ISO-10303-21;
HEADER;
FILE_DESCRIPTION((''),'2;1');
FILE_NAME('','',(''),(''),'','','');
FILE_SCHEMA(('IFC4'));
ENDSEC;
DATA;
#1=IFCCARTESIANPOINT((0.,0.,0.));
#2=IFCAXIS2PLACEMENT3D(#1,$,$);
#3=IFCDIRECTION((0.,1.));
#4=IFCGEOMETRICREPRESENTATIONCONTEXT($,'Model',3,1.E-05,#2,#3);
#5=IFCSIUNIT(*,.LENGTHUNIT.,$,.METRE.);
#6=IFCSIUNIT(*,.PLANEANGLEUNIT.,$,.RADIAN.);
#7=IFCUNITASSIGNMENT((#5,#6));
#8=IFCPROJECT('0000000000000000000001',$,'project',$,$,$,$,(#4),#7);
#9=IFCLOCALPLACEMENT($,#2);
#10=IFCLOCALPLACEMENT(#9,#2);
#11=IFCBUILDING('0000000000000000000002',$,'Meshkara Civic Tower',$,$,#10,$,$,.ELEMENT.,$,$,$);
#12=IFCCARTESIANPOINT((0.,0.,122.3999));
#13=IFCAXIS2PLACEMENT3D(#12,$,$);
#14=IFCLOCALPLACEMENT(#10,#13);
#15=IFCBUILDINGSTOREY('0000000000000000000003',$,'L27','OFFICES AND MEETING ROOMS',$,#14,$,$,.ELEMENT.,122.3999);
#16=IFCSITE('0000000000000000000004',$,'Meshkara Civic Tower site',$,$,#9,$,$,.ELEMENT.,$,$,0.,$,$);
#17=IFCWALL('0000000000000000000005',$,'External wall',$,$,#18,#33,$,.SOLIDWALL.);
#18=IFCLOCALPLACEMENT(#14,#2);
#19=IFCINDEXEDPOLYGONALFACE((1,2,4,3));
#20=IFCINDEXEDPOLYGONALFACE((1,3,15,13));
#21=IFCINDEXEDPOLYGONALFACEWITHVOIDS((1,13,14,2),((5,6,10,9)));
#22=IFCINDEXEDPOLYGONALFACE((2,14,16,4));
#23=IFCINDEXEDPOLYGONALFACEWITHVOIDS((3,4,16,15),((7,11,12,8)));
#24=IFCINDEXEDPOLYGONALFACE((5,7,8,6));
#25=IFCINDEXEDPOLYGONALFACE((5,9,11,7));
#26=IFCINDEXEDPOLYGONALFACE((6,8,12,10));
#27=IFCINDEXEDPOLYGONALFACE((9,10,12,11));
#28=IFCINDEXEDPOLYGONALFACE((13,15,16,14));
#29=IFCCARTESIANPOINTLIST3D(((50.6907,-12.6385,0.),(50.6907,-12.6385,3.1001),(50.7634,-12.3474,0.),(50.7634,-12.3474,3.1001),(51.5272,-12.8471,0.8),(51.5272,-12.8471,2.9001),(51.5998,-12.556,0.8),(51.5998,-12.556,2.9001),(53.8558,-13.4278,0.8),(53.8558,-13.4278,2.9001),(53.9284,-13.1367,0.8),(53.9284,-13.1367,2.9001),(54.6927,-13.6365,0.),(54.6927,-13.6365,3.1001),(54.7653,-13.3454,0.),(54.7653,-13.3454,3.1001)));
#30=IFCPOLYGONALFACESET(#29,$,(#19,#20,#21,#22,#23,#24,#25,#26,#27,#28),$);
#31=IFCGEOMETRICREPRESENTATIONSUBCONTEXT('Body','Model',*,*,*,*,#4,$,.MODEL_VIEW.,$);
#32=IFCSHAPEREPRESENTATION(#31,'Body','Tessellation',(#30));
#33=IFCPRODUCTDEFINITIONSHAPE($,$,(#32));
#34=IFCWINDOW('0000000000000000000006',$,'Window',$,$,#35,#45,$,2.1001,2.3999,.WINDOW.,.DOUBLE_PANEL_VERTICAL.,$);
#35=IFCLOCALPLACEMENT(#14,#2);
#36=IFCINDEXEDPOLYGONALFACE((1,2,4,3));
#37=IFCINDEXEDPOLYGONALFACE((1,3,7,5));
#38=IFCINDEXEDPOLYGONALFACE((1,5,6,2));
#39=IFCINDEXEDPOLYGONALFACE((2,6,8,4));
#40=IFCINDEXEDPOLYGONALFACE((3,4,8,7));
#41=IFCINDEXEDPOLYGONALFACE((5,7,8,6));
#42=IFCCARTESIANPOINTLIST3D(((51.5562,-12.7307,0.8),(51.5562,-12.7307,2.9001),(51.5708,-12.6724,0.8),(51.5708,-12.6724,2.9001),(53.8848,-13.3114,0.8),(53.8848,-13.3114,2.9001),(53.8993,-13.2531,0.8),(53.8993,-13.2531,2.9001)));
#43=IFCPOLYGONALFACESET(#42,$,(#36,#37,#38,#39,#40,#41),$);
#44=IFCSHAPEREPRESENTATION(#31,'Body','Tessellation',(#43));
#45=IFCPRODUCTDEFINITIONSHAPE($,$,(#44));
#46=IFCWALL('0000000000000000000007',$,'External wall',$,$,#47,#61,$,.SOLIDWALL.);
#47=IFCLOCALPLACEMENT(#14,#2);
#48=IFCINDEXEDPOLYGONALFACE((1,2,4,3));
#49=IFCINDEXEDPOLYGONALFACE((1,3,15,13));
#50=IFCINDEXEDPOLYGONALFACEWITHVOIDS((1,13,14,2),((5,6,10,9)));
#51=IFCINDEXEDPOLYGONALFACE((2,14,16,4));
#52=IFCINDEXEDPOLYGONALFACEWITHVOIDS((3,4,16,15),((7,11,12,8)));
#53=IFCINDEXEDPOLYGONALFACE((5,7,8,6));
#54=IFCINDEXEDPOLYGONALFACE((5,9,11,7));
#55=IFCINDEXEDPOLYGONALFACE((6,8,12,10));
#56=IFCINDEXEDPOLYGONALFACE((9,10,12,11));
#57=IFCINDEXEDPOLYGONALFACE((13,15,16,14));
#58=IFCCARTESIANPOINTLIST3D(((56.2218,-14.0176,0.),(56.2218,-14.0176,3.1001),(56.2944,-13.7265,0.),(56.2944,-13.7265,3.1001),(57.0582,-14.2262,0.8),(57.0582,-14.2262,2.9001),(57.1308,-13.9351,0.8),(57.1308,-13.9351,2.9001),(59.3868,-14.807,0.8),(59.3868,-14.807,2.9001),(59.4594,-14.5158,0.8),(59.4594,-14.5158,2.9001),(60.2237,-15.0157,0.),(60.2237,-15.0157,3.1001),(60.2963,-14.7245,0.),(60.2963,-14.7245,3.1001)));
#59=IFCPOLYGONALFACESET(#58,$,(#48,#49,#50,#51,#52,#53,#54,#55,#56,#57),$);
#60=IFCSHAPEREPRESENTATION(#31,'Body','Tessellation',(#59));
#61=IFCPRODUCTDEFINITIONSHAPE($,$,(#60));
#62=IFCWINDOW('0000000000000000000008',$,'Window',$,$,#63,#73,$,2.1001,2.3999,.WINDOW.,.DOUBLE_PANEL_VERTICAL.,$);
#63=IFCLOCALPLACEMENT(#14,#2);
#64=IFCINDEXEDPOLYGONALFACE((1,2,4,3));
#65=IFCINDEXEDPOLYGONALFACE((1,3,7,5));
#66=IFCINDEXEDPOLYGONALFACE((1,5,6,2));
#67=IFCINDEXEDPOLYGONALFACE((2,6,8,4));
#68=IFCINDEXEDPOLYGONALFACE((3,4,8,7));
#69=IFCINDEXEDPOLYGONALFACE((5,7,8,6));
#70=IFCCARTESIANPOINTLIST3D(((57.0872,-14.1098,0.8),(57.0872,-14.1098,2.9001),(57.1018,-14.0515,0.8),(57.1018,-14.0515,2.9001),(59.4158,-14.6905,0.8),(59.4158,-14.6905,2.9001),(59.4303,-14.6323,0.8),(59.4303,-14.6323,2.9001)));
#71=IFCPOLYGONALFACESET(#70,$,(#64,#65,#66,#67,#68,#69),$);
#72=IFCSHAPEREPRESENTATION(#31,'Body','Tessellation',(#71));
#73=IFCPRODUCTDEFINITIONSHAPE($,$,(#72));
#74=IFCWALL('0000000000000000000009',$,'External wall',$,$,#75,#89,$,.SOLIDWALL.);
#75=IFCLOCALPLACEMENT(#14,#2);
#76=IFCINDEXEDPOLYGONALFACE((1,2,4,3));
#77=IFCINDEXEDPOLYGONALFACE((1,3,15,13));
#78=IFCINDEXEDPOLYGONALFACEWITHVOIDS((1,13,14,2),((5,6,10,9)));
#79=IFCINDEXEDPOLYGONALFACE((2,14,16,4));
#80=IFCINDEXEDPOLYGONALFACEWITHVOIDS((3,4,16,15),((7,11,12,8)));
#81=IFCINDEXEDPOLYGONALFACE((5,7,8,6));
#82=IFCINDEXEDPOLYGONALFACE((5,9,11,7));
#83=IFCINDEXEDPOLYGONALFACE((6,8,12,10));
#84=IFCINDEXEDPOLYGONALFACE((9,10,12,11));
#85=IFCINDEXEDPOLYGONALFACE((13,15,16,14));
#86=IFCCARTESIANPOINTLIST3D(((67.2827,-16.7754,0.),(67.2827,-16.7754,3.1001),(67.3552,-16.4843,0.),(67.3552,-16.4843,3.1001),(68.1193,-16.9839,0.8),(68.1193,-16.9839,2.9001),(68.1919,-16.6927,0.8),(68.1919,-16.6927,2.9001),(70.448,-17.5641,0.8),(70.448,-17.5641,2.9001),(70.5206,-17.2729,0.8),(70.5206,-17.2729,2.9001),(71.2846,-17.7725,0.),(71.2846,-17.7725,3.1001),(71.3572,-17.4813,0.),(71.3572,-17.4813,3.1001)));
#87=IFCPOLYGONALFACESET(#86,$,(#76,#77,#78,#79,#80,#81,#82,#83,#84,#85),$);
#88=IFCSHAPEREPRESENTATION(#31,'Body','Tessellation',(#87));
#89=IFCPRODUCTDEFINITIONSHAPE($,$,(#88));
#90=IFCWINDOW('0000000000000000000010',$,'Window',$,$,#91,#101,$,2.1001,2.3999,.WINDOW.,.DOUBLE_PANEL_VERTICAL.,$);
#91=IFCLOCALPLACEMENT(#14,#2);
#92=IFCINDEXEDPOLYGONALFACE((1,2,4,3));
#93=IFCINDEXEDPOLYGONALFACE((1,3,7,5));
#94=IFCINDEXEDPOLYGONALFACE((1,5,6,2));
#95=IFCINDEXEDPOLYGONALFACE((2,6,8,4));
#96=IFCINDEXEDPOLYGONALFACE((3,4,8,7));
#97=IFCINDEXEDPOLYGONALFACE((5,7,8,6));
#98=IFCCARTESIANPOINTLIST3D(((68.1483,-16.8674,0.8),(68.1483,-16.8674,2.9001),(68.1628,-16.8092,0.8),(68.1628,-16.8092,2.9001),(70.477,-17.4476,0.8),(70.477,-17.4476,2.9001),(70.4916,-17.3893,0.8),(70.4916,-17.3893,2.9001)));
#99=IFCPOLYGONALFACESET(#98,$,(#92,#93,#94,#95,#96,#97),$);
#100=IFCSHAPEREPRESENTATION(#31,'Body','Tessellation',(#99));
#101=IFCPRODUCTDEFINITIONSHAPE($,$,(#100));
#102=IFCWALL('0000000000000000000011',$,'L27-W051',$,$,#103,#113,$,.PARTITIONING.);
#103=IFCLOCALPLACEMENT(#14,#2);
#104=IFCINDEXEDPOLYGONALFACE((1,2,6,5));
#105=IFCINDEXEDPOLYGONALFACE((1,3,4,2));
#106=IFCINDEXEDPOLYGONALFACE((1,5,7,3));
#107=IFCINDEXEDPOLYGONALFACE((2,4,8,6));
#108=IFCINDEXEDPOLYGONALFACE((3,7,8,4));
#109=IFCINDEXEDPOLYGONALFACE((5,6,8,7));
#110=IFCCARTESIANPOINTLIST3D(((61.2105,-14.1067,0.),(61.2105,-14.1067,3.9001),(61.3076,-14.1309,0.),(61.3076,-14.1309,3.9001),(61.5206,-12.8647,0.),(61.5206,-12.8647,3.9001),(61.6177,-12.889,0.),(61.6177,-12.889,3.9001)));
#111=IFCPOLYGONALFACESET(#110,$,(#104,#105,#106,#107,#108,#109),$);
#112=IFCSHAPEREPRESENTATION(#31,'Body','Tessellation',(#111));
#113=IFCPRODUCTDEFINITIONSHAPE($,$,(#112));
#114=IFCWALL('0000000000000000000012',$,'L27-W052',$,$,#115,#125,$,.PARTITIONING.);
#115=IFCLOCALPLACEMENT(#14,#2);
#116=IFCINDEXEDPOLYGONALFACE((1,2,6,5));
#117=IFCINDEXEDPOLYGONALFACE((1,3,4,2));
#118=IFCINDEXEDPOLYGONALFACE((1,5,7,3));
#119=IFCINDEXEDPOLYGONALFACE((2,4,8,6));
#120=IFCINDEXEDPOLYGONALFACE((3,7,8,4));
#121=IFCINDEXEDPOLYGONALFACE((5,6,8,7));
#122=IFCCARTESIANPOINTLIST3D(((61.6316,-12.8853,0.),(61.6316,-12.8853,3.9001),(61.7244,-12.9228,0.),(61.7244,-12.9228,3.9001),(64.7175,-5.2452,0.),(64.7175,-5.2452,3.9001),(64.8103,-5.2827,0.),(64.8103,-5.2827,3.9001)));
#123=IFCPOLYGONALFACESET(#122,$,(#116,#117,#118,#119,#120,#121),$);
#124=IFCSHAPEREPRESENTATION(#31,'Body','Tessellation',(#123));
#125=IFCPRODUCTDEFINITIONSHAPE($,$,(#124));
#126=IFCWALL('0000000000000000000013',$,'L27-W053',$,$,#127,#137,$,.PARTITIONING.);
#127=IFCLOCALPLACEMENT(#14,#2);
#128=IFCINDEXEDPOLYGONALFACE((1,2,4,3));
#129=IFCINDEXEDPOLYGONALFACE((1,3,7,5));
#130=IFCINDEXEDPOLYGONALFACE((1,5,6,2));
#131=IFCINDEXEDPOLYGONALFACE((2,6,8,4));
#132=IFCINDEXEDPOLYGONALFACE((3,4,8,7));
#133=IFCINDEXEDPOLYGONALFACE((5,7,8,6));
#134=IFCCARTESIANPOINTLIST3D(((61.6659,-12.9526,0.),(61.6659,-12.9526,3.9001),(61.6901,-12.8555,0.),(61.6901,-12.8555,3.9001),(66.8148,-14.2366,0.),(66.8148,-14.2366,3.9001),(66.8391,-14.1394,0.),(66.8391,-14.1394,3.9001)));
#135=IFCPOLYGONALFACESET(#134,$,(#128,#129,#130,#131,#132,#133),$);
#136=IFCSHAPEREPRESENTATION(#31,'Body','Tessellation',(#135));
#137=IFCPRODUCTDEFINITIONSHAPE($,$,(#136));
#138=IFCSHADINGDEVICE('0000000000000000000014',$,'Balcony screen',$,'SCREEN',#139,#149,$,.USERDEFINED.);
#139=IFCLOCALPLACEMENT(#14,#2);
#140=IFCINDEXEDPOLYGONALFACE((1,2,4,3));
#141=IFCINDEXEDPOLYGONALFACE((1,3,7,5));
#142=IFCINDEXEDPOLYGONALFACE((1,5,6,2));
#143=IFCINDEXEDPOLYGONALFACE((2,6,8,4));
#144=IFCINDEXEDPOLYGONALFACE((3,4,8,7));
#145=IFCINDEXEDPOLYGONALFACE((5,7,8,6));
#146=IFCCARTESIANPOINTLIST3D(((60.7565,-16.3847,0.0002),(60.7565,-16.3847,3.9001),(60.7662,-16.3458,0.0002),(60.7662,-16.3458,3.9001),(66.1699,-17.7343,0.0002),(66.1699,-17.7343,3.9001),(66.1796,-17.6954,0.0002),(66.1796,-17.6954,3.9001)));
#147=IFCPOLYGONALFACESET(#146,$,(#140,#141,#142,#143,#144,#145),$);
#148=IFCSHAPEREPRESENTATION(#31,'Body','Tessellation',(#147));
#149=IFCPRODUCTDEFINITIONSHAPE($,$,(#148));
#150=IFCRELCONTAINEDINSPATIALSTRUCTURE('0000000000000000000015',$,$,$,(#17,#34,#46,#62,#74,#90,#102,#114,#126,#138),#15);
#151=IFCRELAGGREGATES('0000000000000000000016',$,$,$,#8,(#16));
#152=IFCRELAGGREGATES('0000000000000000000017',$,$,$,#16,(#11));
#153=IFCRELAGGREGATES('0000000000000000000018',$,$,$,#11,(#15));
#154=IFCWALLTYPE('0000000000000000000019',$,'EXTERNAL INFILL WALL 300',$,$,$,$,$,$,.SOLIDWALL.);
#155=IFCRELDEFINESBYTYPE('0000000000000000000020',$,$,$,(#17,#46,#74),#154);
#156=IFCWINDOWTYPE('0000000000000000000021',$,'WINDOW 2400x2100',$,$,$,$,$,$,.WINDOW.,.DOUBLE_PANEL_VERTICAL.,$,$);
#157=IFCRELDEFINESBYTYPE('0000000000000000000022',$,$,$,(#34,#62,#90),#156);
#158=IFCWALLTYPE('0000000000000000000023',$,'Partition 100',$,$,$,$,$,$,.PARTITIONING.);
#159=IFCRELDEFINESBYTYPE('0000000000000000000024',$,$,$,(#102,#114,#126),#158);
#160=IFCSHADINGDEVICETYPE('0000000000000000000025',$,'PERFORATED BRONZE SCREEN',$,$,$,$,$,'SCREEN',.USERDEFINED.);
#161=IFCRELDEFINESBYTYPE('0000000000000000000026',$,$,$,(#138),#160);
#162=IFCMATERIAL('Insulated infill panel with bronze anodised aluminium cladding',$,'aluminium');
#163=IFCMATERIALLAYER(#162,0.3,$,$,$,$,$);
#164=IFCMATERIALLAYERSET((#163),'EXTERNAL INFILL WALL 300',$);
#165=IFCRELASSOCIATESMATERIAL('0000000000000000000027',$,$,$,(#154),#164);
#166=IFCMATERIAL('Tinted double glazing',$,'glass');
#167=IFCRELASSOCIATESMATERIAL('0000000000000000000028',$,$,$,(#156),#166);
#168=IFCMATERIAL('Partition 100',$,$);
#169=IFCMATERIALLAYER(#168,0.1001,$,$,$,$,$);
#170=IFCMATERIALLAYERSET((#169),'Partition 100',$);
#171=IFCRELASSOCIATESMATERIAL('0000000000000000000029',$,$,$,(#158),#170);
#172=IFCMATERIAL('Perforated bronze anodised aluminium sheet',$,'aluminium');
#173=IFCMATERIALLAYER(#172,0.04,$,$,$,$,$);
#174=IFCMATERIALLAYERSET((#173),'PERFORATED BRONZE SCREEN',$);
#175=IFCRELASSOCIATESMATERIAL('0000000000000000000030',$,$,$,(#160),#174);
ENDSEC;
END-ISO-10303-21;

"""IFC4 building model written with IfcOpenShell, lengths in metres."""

from ifc_helpers import new_model, si_unit, direction, frame, frame_2d, origin, origin_2d, place, context, subcontext, project, spatial, rectangle, extrude, material, layer, layer_set, type_object, element, fill, save


model = new_model("IFC4")

# Units and contexts
model_context = context("Model", 3, precision=1e-05, world=origin(), true_north=direction((0.0, 1.0)))
body_context = subcontext(model_context, "Body", "Model", "MODEL_VIEW")
ifc_project = project(units=[si_unit("LENGTHUNIT", "METRE"), si_unit("PLANEANGLEUNIT", "RADIAN")], contexts=[model_context])

# Site, building, storey
site_placement = place(None, origin())
site = spatial("IfcSite", under=ifc_project, at=site_placement, Name="Meshkara Civic Tower site", CompositionType="ELEMENT", RefElevation=0.0)
building_placement = place(site_placement, origin())
building = spatial("IfcBuilding", under=site, at=building_placement, Name="Meshkara Civic Tower", CompositionType="ELEMENT")
storey_placement = place(building_placement, frame((0.0, 0.0, 122.3999)))
storey = spatial("IfcBuildingStorey", under=building, at=storey_placement, Name="L27", Description="OFFICES AND MEETING ROOMS", CompositionType="ELEMENT", Elevation=122.3999)

# Walls, openings, windows
ifc_material_1 = material(Name="Insulated infill panel with bronze anodised aluminium cladding", Category="aluminium")
ifc_layer_1 = layer(ifc_material_1, 0.3)
ifc_layer_set_1 = layer_set([ifc_layer_1], Name="EXTERNAL INFILL WALL 300")
wall_type_1 = type_object("IfcWallType", Name="EXTERNAL INFILL WALL 300", PredefinedType="SOLIDWALL", material=ifc_layer_set_1)
wall_1_placement = place(storey_placement, frame((50.7271, -12.4929, 0.0), z_axis=(0.0, 0.0, 1.0), x_axis=(0.970282, -0.241978, 0.0)))
wall_1 = element("IfcWall", 1, at=wall_1_placement, inside=storey, type_object=wall_type_1, Name="External wall", PredefinedType="SOLIDWALL", context=body_context, shape_type="SweptSolid", body=[
    extrude(rectangle(XDim=4.1245, YDim=0.3, at=frame_2d((2.0623, 0.0))), origin(), (0.0, 0.0, 1.0), 3.1001),
])
opening_1_placement = place(wall_1_placement, frame((0.8621, 0.0, 0.8)))
opening_1 = element("IfcOpeningElement", 2, at=opening_1_placement, cuts=wall_1, PredefinedType="OPENING", context=body_context, shape_type="SweptSolid", body=[
    extrude(rectangle(XDim=2.3999, YDim=2.1001, at=frame_2d((1.2, 1.05))), frame((0.0, 0.1599, 0.0), z_axis=(0.0, -1.0, 0.0), x_axis=(1.0, 0.0, 0.0)), (0.0, 0.0, 1.0), 0.3201),
])
ifc_material_2 = material(Name="Tinted double glazing", Category="glass")
window_type = type_object("IfcWindowType", Name="WINDOW 2400x2100", PartitioningType="DOUBLE_PANEL_VERTICAL", PredefinedType="WINDOW", material=ifc_material_2)
window_1_placement = place(opening_1_placement, origin())
window_1 = element("IfcWindow", 3, at=window_1_placement, inside=storey, type_object=window_type, Name="Window", OverallHeight=2.1001, OverallWidth=2.3999, PartitioningType="DOUBLE_PANEL_VERTICAL", PredefinedType="WINDOW", context=body_context, shape_type="SweptSolid", body=[
    extrude(rectangle(XDim=2.3999, YDim=2.1001, at=frame_2d((1.2, 1.05))), frame((0.0, 0.03, 0.0), z_axis=(0.0, -1.0, 0.0), x_axis=(1.0, 0.0, 0.0)), (0.0, 0.0, 1.0), 0.0601),
])
fill(opening_1, window_1)
wall_2_placement = place(storey_placement, frame((56.2581, -13.8721, 0.0), z_axis=(0.0, 0.0, 1.0), x_axis=(0.970282, -0.241978, 0.0)))
wall_2 = element("IfcWall", 4, at=wall_2_placement, inside=storey, type_object=wall_type_1, Name="External wall", PredefinedType="SOLIDWALL", context=body_context, shape_type="SweptSolid", body=[
    extrude(rectangle(XDim=4.1245, YDim=0.3, at=frame_2d((2.0623, 0.0))), origin(), (0.0, 0.0, 1.0), 3.1001),
])
opening_2_placement = place(wall_2_placement, frame((0.8621, 0.0, 0.8)))
opening_2 = element("IfcOpeningElement", 5, at=opening_2_placement, cuts=wall_2, PredefinedType="OPENING", context=body_context, shape_type="SweptSolid", body=[
    extrude(rectangle(XDim=2.3999, YDim=2.1001, at=frame_2d((1.2, 1.05))), frame((0.0, 0.1599, 0.0), z_axis=(0.0, -1.0, 0.0), x_axis=(1.0, 0.0, 0.0)), (0.0, 0.0, 1.0), 0.3201),
])
window_2_placement = place(opening_2_placement, origin())
window_2 = element("IfcWindow", 6, at=window_2_placement, inside=storey, type_object=window_type, Name="Window", OverallHeight=2.1001, OverallWidth=2.3999, PartitioningType="DOUBLE_PANEL_VERTICAL", PredefinedType="WINDOW", context=body_context, shape_type="SweptSolid", body=[
    extrude(rectangle(XDim=2.3999, YDim=2.1001, at=frame_2d((1.2, 1.05))), frame((0.0, 0.03, 0.0), z_axis=(0.0, -1.0, 0.0), x_axis=(1.0, 0.0, 0.0)), (0.0, 0.0, 1.0), 0.0601),
])
fill(opening_2, window_2)
wall_3_placement = place(storey_placement, frame((67.3191, -16.6299, 0.0), z_axis=(0.0, 0.0, 1.0), x_axis=(0.970337, -0.241756, 0.0)))
wall_3 = element("IfcWall", 7, at=wall_3_placement, inside=storey, type_object=wall_type_1, Name="External wall", PredefinedType="SOLIDWALL", context=body_context, shape_type="SweptSolid", body=[
    extrude(rectangle(XDim=4.1243, YDim=0.3, at=frame_2d((2.062, 0.0))), origin(), (0.0, 0.0, 1.0), 3.1001),
])
opening_3_placement = place(wall_3_placement, frame((0.8621, 0.0, 0.8)))
opening_3 = element("IfcOpeningElement", 8, at=opening_3_placement, cuts=wall_3, PredefinedType="OPENING", context=body_context, shape_type="SweptSolid", body=[
    extrude(rectangle(XDim=2.3999, YDim=2.1001, at=frame_2d((1.2, 1.05))), frame((0.0, 0.1599, 0.0), z_axis=(0.0, -1.0, 0.0), x_axis=(1.0, 0.0, 0.0)), (0.0, 0.0, 1.0), 0.3201),
])
window_3_placement = place(opening_3_placement, origin())
window_3 = element("IfcWindow", 9, at=window_3_placement, inside=storey, type_object=window_type, Name="Window", OverallHeight=2.1001, OverallWidth=2.3999, PartitioningType="DOUBLE_PANEL_VERTICAL", PredefinedType="WINDOW", context=body_context, shape_type="SweptSolid", body=[
    extrude(rectangle(XDim=2.3999, YDim=2.1001, at=frame_2d((1.2, 1.05))), frame((0.0, 0.03, 0.0), z_axis=(0.0, -1.0, 0.0), x_axis=(1.0, 0.0, 0.0)), (0.0, 0.0, 1.0), 0.0601),
])
fill(opening_3, window_3)

# Walls
ifc_material_3 = material(Name="Partition 100")
ifc_layer_2 = layer(ifc_material_3, 0.1001)
ifc_layer_set_2 = layer_set([ifc_layer_2], Name="Partition 100")
wall_type_2 = type_object("IfcWallType", Name="Partition 100", PredefinedType="PARTITIONING", material=ifc_layer_set_2)
wall_4_placement = place(storey_placement, frame((61.259, -14.1189, 0.0), z_axis=(0.0, 0.0, 1.0), x_axis=(0.242221, 0.970221, 0.0)))
element("IfcWall", 10, at=wall_4_placement, inside=storey, type_object=wall_type_2, Name="L27-W051", PredefinedType="PARTITIONING", context=body_context, shape_type="SweptSolid", body=[
    extrude(rectangle(XDim=1.28, YDim=0.1001, at=frame_2d((0.6401, 0.0))), origin(), (0.0, 0.0, 1.0), 3.9001),
])
wall_5_placement = place(storey_placement, frame((61.678, -12.9041, 0.0), z_axis=(0.0, 0.0, 1.0), x_axis=(0.374515, 0.927221, 0.0)))
element("IfcWall", 11, at=wall_5_placement, inside=storey, type_object=wall_type_2, Name="L27-W052", PredefinedType="PARTITIONING", context=body_context, shape_type="SweptSolid", body=[
    extrude(rectangle(XDim=8.2397, YDim=0.1001, at=frame_2d((4.1199, 0.0))), origin(), (0.0, 0.0, 1.0), 3.9001),
])
wall_6_placement = place(storey_placement, frame((61.678, -12.9041, 0.0), z_axis=(0.0, 0.0, 1.0), x_axis=(0.970288, -0.241951, 0.0)))
element("IfcWall", 12, at=wall_6_placement, inside=storey, type_object=wall_type_2, Name="L27-W053", PredefinedType="PARTITIONING", context=body_context, shape_type="SweptSolid", body=[
    extrude(rectangle(XDim=5.3066, YDim=0.1001, at=frame_2d((2.6533, 0.0))), origin(), (0.0, 0.0, 1.0), 3.9001),
])

# Shading device
ifc_material_4 = material(Name="Perforated bronze anodised aluminium sheet", Category="aluminium")
ifc_layer_3 = layer(ifc_material_4, 0.04)
ifc_layer_set_3 = layer_set([ifc_layer_3], Name="PERFORATED BRONZE SCREEN")
shading_device_type = type_object("IfcShadingDeviceType", Name="PERFORATED BRONZE SCREEN", ElementType="SCREEN", PredefinedType="USERDEFINED", material=ifc_layer_set_3)
shading_device_placement = place(storey_placement, frame((63.468, -17.04, 0.0002), z_axis=(0.0, 0.0, 1.0), x_axis=(0.9703, -0.241905, 0.0)))
element("IfcShadingDevice", 13, at=shading_device_placement, inside=storey, type_object=shading_device_type, Name="Balcony screen", ObjectType="SCREEN", PredefinedType="USERDEFINED", context=body_context, shape_type="SweptSolid", body=[
    extrude(rectangle(XDim=5.5791, YDim=0.04, at=origin_2d()), origin(), (0.0, 0.0, 1.0), 3.8999),
])

save(model, "model.ifc")
